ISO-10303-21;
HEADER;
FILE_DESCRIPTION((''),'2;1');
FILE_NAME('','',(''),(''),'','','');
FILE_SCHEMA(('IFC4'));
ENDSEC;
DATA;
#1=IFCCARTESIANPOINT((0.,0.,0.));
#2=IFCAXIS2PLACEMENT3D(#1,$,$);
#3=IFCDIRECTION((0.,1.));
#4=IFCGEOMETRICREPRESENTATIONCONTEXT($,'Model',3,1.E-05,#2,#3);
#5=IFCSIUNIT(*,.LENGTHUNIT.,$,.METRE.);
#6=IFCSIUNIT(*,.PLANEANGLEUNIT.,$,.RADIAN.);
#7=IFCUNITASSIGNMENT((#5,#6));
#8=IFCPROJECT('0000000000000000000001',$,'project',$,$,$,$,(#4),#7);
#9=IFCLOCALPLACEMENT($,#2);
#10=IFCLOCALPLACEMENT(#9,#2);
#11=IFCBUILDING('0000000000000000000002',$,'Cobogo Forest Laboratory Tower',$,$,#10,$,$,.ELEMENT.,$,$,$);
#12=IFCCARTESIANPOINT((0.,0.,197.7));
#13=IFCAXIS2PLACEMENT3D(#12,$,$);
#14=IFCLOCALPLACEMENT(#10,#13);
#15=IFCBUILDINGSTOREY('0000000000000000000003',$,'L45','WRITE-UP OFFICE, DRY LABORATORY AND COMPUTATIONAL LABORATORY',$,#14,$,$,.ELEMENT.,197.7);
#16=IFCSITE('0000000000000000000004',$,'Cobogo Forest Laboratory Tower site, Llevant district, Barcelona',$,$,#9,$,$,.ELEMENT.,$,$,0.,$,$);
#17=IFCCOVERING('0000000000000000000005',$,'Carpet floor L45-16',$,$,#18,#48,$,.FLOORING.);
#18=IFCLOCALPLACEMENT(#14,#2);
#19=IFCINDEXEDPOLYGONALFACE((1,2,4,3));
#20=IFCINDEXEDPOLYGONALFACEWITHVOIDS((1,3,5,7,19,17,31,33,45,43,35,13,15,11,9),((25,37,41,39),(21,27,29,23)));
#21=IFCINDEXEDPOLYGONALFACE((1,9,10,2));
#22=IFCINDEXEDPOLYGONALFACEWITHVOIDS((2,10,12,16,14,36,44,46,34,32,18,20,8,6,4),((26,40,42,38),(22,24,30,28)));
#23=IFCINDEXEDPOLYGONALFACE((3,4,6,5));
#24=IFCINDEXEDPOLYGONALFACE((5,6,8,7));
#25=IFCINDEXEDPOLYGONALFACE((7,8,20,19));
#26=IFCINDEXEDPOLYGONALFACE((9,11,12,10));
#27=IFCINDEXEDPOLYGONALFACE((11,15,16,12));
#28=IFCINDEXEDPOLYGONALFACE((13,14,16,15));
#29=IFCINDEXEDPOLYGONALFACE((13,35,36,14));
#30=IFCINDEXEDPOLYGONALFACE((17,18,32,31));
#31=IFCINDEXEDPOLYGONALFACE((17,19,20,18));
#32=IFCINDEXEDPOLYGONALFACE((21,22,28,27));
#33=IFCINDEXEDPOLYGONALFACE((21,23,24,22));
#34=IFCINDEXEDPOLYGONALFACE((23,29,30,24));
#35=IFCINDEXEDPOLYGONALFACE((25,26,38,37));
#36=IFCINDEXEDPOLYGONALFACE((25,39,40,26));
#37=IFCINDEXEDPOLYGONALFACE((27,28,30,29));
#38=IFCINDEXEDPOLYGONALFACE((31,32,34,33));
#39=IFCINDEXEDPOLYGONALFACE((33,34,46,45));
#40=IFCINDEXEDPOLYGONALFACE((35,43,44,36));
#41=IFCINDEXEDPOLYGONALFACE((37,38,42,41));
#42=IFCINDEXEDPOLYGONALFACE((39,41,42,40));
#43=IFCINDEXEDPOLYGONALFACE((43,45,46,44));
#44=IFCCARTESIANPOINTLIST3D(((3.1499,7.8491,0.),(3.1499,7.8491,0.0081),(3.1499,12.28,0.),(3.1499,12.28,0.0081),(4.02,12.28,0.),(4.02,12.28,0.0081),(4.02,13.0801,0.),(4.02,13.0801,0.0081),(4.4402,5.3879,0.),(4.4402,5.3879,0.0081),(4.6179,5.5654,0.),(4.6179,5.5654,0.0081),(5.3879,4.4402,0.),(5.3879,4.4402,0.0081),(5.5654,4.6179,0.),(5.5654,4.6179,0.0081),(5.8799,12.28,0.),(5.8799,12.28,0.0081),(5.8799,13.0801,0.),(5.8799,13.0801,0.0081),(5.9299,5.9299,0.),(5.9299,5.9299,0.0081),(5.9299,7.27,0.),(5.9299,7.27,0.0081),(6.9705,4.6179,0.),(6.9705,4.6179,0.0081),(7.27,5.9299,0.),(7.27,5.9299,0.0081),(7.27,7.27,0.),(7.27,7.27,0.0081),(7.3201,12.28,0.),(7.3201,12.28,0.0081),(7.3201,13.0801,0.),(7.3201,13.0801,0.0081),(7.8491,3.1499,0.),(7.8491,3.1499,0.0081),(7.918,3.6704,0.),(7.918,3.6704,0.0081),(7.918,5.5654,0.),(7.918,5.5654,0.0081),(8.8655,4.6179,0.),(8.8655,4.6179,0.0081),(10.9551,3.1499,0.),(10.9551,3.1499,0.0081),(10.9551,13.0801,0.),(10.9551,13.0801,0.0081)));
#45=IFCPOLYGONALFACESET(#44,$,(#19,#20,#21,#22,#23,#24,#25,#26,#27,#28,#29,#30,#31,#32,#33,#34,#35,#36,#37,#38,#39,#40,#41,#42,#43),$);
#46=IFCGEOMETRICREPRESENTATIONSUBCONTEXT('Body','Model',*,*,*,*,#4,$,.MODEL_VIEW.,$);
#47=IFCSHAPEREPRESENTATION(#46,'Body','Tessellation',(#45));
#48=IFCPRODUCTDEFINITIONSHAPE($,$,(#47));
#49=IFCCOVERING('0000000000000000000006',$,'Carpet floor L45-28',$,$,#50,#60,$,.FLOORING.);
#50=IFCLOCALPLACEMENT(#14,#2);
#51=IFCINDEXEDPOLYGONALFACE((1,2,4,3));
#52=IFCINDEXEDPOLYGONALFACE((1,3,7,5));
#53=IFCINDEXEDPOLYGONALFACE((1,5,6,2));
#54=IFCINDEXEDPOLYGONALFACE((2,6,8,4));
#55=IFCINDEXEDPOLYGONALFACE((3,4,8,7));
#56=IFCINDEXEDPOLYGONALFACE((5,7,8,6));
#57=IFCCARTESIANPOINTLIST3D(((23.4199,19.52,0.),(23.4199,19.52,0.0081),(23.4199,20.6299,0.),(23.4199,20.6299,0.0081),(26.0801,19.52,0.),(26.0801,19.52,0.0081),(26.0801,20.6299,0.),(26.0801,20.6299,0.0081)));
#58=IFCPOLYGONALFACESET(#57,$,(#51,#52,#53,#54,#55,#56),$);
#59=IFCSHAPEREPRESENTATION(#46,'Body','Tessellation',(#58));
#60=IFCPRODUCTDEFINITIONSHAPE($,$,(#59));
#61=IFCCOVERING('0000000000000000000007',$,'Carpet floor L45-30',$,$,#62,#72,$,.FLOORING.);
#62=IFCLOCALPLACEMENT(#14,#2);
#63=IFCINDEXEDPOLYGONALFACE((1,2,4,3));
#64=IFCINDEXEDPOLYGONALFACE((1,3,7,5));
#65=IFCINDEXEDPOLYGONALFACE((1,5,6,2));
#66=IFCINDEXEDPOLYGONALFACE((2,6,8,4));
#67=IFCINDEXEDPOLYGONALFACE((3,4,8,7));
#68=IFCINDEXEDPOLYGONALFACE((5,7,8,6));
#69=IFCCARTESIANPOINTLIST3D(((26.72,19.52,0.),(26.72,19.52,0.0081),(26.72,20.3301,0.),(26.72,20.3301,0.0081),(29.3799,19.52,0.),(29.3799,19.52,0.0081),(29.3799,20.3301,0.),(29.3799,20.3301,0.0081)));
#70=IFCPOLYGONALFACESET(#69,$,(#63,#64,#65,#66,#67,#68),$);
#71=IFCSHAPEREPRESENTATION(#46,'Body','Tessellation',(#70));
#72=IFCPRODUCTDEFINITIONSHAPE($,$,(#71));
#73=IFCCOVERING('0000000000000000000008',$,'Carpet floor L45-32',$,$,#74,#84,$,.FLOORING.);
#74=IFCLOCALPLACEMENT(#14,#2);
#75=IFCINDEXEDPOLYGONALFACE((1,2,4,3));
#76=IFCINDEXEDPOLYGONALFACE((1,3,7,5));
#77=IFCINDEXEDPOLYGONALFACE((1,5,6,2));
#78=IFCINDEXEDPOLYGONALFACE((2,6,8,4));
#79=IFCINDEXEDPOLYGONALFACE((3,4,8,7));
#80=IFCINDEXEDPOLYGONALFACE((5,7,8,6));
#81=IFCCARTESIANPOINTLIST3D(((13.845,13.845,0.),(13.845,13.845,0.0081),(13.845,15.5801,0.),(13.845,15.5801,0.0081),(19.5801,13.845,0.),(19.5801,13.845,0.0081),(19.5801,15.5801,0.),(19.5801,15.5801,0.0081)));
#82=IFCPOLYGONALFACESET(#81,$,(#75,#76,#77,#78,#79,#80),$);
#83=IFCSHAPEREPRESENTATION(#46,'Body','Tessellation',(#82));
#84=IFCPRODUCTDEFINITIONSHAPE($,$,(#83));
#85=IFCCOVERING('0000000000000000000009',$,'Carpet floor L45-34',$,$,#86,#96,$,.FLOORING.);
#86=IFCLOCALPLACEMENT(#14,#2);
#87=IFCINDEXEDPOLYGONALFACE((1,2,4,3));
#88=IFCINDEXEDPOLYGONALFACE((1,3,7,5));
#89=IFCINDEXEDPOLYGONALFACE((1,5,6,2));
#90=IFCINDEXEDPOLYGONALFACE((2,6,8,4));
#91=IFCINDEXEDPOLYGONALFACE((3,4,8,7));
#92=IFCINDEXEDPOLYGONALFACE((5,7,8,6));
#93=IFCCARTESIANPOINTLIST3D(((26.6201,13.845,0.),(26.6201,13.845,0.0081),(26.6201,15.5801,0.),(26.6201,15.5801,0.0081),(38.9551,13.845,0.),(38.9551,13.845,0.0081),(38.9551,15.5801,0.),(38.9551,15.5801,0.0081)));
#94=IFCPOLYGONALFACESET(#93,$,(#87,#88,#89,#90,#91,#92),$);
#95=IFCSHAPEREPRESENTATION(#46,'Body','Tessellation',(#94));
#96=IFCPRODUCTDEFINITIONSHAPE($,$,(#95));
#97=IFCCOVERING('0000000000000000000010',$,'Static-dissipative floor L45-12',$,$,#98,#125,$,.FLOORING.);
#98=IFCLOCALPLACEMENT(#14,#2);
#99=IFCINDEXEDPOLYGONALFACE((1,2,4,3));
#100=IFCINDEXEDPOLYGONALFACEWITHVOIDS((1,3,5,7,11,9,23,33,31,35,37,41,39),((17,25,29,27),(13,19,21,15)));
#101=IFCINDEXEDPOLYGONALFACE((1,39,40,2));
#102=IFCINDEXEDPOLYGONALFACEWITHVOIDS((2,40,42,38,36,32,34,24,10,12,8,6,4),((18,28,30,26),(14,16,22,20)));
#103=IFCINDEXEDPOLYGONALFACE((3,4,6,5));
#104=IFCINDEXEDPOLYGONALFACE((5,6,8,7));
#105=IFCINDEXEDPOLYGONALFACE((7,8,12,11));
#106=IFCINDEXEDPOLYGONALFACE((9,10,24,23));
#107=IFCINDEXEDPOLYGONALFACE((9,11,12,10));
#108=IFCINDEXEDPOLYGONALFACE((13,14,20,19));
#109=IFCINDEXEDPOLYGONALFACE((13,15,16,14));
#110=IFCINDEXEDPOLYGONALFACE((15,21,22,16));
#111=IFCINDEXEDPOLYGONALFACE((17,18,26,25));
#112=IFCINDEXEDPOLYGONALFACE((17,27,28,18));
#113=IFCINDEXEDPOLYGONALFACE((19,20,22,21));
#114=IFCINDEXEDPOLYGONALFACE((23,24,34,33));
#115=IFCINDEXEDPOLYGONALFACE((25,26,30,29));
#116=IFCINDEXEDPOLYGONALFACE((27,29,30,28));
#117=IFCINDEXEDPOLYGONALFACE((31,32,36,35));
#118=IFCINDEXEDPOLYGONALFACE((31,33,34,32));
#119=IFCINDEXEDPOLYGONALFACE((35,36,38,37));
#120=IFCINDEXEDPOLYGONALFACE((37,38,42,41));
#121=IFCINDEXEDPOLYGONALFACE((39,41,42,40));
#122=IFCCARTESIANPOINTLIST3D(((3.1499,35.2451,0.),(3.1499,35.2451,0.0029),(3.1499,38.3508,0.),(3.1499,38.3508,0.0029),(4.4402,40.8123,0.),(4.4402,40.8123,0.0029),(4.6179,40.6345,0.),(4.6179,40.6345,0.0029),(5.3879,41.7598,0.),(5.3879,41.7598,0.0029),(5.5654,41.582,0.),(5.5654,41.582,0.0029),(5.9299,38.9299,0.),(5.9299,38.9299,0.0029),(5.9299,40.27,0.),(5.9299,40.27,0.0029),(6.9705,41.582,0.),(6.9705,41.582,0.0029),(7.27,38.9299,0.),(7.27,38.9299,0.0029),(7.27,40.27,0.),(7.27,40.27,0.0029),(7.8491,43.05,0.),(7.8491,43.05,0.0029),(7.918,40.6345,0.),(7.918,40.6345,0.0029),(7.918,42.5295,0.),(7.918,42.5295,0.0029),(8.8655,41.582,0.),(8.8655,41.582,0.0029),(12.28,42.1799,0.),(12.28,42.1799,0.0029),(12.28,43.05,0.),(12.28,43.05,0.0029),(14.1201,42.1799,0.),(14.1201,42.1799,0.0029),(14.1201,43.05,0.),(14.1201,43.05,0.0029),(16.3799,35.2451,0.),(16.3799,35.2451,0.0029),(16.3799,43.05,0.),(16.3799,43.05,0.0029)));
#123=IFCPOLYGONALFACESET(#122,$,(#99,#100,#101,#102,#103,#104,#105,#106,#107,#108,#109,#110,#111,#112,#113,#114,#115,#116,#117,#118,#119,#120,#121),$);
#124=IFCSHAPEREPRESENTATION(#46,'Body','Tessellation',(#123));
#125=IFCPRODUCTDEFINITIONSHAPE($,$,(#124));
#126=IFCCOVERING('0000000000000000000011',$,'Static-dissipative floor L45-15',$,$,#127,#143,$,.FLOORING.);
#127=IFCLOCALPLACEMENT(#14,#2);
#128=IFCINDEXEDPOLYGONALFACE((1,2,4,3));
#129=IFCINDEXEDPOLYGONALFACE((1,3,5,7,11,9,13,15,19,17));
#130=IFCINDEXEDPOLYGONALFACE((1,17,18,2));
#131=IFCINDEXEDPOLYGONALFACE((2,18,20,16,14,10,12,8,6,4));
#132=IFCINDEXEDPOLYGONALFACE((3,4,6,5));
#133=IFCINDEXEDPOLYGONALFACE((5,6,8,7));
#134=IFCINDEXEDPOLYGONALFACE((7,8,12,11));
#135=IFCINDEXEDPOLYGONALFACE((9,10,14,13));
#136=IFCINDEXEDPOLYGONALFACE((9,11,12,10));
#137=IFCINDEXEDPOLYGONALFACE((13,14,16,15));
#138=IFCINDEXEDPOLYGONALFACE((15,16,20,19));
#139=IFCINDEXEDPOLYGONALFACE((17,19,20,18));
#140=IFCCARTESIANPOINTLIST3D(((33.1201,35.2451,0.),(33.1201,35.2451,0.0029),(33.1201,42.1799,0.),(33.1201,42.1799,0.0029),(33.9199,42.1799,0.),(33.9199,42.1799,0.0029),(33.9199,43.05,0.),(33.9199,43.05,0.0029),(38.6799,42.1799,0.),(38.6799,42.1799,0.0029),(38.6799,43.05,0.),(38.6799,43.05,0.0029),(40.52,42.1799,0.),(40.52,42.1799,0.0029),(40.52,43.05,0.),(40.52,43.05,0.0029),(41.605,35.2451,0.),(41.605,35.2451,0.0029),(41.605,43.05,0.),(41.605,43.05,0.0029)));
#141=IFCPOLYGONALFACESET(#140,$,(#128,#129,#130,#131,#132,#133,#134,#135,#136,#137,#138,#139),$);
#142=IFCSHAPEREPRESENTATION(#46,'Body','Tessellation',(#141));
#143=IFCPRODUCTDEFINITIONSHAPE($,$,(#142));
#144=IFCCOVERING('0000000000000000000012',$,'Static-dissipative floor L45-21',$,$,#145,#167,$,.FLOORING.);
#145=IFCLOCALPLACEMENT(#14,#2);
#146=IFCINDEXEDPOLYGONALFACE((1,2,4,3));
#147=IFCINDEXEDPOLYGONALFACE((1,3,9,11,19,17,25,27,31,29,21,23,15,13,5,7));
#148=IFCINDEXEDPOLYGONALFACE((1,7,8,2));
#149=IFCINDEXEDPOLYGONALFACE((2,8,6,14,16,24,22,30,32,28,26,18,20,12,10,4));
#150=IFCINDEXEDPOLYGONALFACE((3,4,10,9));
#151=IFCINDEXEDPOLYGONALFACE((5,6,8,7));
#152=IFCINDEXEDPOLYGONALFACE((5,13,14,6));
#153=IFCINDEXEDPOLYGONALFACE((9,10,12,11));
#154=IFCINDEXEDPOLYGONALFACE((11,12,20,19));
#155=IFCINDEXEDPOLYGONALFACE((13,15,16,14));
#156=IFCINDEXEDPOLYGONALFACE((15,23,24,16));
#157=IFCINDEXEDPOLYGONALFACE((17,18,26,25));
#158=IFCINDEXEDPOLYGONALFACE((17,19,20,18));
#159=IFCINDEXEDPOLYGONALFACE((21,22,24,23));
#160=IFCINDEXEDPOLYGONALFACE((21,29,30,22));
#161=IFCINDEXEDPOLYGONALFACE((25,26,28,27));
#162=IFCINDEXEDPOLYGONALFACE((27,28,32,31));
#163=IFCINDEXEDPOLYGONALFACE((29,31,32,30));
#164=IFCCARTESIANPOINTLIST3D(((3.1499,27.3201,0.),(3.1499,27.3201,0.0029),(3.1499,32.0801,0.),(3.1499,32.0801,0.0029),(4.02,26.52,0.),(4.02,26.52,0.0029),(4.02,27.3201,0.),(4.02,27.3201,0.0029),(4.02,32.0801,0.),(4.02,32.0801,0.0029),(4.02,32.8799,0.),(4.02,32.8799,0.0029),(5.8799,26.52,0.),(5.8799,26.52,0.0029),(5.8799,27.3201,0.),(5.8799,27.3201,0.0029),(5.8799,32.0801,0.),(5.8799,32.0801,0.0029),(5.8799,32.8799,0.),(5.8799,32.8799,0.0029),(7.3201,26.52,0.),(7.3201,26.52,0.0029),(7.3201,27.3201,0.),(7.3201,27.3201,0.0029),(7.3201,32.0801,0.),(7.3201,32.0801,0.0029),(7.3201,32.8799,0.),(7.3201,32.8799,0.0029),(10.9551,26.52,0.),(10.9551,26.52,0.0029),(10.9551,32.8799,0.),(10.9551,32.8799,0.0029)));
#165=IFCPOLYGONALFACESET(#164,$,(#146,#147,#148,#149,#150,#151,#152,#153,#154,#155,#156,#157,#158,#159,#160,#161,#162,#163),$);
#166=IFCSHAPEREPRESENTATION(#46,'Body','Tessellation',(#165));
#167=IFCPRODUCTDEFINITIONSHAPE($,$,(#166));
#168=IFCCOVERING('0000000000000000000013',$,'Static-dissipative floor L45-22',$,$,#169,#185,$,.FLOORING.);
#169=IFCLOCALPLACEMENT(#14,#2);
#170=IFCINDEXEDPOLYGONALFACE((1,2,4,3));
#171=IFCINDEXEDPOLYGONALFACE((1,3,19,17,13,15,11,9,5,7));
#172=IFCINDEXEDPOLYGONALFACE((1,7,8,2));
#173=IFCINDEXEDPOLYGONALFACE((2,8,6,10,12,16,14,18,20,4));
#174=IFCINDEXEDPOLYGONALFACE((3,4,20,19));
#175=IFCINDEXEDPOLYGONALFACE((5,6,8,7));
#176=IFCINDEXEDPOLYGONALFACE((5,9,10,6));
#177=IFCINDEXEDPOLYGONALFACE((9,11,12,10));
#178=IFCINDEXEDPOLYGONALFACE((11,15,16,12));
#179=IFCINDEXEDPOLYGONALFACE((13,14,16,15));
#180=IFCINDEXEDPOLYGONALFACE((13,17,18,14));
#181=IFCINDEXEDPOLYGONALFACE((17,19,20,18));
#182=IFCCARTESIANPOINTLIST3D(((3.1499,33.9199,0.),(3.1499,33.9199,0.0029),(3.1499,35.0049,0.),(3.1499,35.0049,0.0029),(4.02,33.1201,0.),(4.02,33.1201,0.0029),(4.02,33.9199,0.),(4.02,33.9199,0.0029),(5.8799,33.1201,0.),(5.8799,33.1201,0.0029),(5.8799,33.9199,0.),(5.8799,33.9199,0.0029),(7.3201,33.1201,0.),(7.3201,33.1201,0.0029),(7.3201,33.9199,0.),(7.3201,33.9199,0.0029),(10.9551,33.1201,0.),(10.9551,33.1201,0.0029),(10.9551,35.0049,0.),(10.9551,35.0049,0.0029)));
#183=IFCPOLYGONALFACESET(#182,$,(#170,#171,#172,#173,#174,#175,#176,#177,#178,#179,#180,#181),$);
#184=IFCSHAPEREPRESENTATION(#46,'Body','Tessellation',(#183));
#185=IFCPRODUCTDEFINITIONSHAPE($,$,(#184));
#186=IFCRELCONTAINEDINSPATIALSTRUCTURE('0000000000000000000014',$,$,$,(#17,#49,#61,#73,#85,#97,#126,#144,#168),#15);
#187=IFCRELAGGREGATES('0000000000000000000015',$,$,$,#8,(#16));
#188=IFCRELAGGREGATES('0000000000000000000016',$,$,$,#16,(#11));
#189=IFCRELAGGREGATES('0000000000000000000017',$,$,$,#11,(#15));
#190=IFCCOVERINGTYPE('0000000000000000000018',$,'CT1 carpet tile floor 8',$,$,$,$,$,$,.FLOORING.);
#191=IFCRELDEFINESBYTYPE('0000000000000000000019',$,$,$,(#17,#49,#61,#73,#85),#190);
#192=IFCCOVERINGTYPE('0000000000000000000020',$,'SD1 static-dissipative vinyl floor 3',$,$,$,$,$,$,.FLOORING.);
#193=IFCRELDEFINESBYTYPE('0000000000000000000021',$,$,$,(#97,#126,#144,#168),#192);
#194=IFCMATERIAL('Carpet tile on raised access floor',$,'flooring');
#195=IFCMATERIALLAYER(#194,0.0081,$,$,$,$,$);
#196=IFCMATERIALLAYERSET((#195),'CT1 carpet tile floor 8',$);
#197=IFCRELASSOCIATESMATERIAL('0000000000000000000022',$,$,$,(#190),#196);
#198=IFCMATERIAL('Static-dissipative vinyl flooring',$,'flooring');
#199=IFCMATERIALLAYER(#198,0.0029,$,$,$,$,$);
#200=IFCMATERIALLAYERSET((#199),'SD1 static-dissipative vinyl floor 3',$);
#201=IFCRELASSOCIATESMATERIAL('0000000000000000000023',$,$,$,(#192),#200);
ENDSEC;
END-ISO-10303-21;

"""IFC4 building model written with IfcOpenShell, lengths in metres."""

from ifc_helpers import new_model, si_unit, direction, frame, origin, place, context, subcontext, project, spatial, polyline, outline, extrude, material, layer, layer_set, type_object, element, save


model = new_model("IFC4")

# Units and contexts
model_context = context("Model", 3, precision=1e-05, world=origin(), true_north=direction((0.0, 1.0)))
body_context = subcontext(model_context, "Body", "Model", "MODEL_VIEW")
ifc_project = project(units=[si_unit("LENGTHUNIT", "METRE"), si_unit("PLANEANGLEUNIT", "RADIAN")], contexts=[model_context])

# Site, building, storey
site_placement = place(None, origin())
site = spatial("IfcSite", under=ifc_project, at=site_placement, Name="Cobogo Forest Laboratory Tower site, Llevant district, Barcelona", CompositionType="ELEMENT", RefElevation=0.0)
building_placement = place(site_placement, origin())
building = spatial("IfcBuilding", under=site, at=building_placement, Name="Cobogo Forest Laboratory Tower", CompositionType="ELEMENT")
storey_placement = place(building_placement, frame((0.0, 0.0, 197.7)))
storey = spatial("IfcBuildingStorey", under=building, at=storey_placement, Name="L45", Description="WRITE-UP OFFICE, DRY LABORATORY AND COMPUTATIONAL LABORATORY", CompositionType="ELEMENT", Elevation=197.7)

# Coverings
ifc_material_1 = material(Name="Carpet tile on raised access floor", Category="flooring")
ifc_layer_1 = layer(ifc_material_1, 0.0081)
ifc_layer_set_1 = layer_set([ifc_layer_1], Name="CT1 carpet tile floor 8")
covering_type_1 = type_object("IfcCoveringType", Name="CT1 carpet tile floor 8", PredefinedType="FLOORING", material=ifc_layer_set_1)
covering_1_placement = place(storey_placement, origin())
element("IfcCovering", 1, at=covering_1_placement, inside=storey, type_object=covering_type_1, Name="Carpet floor L45-16", PredefinedType="FLOORING", context=body_context, shape_type="SweptSolid", body=[
    extrude(outline(polyline([(10.9551, 3.1499), (7.8491, 3.1499), (5.3879, 4.4402), (5.5654, 4.6179), (4.6179, 5.5654), (4.4402, 5.3879), (3.1499, 7.8491), (3.1499, 12.28), (4.02, 12.28), (4.02, 13.0801), (5.8799, 13.0801), (5.8799, 12.28), (7.3201, 12.28), (7.3201, 13.0801), (10.9551, 13.0801), (10.9551, 3.1499)]), holes=[polyline([(7.918, 3.6704), (8.8655, 4.6179), (7.918, 5.5654), (6.9705, 4.6179), (7.918, 3.6704)]), polyline([(5.9299, 5.9299), (7.27, 5.9299), (7.27, 7.27), (5.9299, 7.27), (5.9299, 5.9299)])]), origin(), (0.0, 0.0, 1.0), 0.0081),
])
covering_2_placement = place(storey_placement, origin())
element("IfcCovering", 2, at=covering_2_placement, inside=storey, type_object=covering_type_1, Name="Carpet floor L45-28", PredefinedType="FLOORING", context=body_context, shape_type="SweptSolid", body=[
    extrude(outline(polyline([(26.0801, 19.52), (23.4199, 19.52), (23.4199, 20.6299), (26.0801, 20.6299), (26.0801, 19.52)])), origin(), (0.0, 0.0, 1.0), 0.0081),
])
covering_3_placement = place(storey_placement, origin())
element("IfcCovering", 3, at=covering_3_placement, inside=storey, type_object=covering_type_1, Name="Carpet floor L45-30", PredefinedType="FLOORING", context=body_context, shape_type="SweptSolid", body=[
    extrude(outline(polyline([(29.3799, 19.52), (26.72, 19.52), (26.72, 20.3301), (29.3799, 20.3301), (29.3799, 19.52)])), origin(), (0.0, 0.0, 1.0), 0.0081),
])
covering_4_placement = place(storey_placement, origin())
element("IfcCovering", 4, at=covering_4_placement, inside=storey, type_object=covering_type_1, Name="Carpet floor L45-32", PredefinedType="FLOORING", context=body_context, shape_type="SweptSolid", body=[
    extrude(outline(polyline([(19.5801, 13.845), (13.845, 13.845), (13.845, 15.5801), (19.5801, 15.5801), (19.5801, 13.845)])), origin(), (0.0, 0.0, 1.0), 0.0081),
])
covering_5_placement = place(storey_placement, origin())
element("IfcCovering", 5, at=covering_5_placement, inside=storey, type_object=covering_type_1, Name="Carpet floor L45-34", PredefinedType="FLOORING", context=body_context, shape_type="SweptSolid", body=[
    extrude(outline(polyline([(38.9551, 13.845), (26.6201, 13.845), (26.6201, 15.5801), (38.9551, 15.5801), (38.9551, 13.845)])), origin(), (0.0, 0.0, 1.0), 0.0081),
])
ifc_material_2 = material(Name="Static-dissipative vinyl flooring", Category="flooring")
ifc_layer_2 = layer(ifc_material_2, 0.0029)
ifc_layer_set_2 = layer_set([ifc_layer_2], Name="SD1 static-dissipative vinyl floor 3")
covering_type_2 = type_object("IfcCoveringType", Name="SD1 static-dissipative vinyl floor 3", PredefinedType="FLOORING", material=ifc_layer_set_2)
covering_6_placement = place(storey_placement, origin())
element("IfcCovering", 6, at=covering_6_placement, inside=storey, type_object=covering_type_2, Name="Static-dissipative floor L45-12", PredefinedType="FLOORING", context=body_context, shape_type="SweptSolid", body=[
    extrude(outline(polyline([(3.1499, 35.2451), (3.1499, 38.3508), (4.4402, 40.8123), (4.6179, 40.6345), (5.5654, 41.582), (5.3879, 41.7598), (7.8491, 43.05), (12.28, 43.05), (12.28, 42.1799), (14.1201, 42.1799), (14.1201, 43.05), (16.3799, 43.05), (16.3799, 35.2451), (3.1499, 35.2451)]), holes=[polyline([(7.918, 40.6345), (8.8655, 41.582), (7.918, 42.5295), (6.9705, 41.582), (7.918, 40.6345)]), polyline([(5.9299, 38.9299), (7.27, 38.9299), (7.27, 40.27), (5.9299, 40.27), (5.9299, 38.9299)])]), origin(), (0.0, 0.0, 1.0), 0.0029),
])
covering_7_placement = place(storey_placement, origin())
element("IfcCovering", 7, at=covering_7_placement, inside=storey, type_object=covering_type_2, Name="Static-dissipative floor L45-15", PredefinedType="FLOORING", context=body_context, shape_type="SweptSolid", body=[
    extrude(outline(polyline([(33.1201, 35.2451), (33.1201, 42.1799), (33.9199, 42.1799), (33.9199, 43.05), (38.6799, 43.05), (38.6799, 42.1799), (40.52, 42.1799), (40.52, 43.05), (41.605, 43.05), (41.605, 35.2451), (33.1201, 35.2451)])), origin(), (0.0, 0.0, 1.0), 0.0029),
])
covering_8_placement = place(storey_placement, origin())
element("IfcCovering", 8, at=covering_8_placement, inside=storey, type_object=covering_type_2, Name="Static-dissipative floor L45-21", PredefinedType="FLOORING", context=body_context, shape_type="SweptSolid", body=[
    extrude(outline(polyline([(10.9551, 26.52), (7.3201, 26.52), (7.3201, 27.3201), (5.8799, 27.3201), (5.8799, 26.52), (4.02, 26.52), (4.02, 27.3201), (3.1499, 27.3201), (3.1499, 32.0801), (4.02, 32.0801), (4.02, 32.8799), (5.8799, 32.8799), (5.8799, 32.0801), (7.3201, 32.0801), (7.3201, 32.8799), (10.9551, 32.8799), (10.9551, 26.52)])), origin(), (0.0, 0.0, 1.0), 0.0029),
])
covering_9_placement = place(storey_placement, origin())
element("IfcCovering", 9, at=covering_9_placement, inside=storey, type_object=covering_type_2, Name="Static-dissipative floor L45-22", PredefinedType="FLOORING", context=body_context, shape_type="SweptSolid", body=[
    extrude(outline(polyline([(10.9551, 33.1201), (7.3201, 33.1201), (7.3201, 33.9199), (5.8799, 33.9199), (5.8799, 33.1201), (4.02, 33.1201), (4.02, 33.9199), (3.1499, 33.9199), (3.1499, 35.0049), (10.9551, 35.0049), (10.9551, 33.1201)])), origin(), (0.0, 0.0, 1.0), 0.0029),
])

save(model, "model.ifc")
